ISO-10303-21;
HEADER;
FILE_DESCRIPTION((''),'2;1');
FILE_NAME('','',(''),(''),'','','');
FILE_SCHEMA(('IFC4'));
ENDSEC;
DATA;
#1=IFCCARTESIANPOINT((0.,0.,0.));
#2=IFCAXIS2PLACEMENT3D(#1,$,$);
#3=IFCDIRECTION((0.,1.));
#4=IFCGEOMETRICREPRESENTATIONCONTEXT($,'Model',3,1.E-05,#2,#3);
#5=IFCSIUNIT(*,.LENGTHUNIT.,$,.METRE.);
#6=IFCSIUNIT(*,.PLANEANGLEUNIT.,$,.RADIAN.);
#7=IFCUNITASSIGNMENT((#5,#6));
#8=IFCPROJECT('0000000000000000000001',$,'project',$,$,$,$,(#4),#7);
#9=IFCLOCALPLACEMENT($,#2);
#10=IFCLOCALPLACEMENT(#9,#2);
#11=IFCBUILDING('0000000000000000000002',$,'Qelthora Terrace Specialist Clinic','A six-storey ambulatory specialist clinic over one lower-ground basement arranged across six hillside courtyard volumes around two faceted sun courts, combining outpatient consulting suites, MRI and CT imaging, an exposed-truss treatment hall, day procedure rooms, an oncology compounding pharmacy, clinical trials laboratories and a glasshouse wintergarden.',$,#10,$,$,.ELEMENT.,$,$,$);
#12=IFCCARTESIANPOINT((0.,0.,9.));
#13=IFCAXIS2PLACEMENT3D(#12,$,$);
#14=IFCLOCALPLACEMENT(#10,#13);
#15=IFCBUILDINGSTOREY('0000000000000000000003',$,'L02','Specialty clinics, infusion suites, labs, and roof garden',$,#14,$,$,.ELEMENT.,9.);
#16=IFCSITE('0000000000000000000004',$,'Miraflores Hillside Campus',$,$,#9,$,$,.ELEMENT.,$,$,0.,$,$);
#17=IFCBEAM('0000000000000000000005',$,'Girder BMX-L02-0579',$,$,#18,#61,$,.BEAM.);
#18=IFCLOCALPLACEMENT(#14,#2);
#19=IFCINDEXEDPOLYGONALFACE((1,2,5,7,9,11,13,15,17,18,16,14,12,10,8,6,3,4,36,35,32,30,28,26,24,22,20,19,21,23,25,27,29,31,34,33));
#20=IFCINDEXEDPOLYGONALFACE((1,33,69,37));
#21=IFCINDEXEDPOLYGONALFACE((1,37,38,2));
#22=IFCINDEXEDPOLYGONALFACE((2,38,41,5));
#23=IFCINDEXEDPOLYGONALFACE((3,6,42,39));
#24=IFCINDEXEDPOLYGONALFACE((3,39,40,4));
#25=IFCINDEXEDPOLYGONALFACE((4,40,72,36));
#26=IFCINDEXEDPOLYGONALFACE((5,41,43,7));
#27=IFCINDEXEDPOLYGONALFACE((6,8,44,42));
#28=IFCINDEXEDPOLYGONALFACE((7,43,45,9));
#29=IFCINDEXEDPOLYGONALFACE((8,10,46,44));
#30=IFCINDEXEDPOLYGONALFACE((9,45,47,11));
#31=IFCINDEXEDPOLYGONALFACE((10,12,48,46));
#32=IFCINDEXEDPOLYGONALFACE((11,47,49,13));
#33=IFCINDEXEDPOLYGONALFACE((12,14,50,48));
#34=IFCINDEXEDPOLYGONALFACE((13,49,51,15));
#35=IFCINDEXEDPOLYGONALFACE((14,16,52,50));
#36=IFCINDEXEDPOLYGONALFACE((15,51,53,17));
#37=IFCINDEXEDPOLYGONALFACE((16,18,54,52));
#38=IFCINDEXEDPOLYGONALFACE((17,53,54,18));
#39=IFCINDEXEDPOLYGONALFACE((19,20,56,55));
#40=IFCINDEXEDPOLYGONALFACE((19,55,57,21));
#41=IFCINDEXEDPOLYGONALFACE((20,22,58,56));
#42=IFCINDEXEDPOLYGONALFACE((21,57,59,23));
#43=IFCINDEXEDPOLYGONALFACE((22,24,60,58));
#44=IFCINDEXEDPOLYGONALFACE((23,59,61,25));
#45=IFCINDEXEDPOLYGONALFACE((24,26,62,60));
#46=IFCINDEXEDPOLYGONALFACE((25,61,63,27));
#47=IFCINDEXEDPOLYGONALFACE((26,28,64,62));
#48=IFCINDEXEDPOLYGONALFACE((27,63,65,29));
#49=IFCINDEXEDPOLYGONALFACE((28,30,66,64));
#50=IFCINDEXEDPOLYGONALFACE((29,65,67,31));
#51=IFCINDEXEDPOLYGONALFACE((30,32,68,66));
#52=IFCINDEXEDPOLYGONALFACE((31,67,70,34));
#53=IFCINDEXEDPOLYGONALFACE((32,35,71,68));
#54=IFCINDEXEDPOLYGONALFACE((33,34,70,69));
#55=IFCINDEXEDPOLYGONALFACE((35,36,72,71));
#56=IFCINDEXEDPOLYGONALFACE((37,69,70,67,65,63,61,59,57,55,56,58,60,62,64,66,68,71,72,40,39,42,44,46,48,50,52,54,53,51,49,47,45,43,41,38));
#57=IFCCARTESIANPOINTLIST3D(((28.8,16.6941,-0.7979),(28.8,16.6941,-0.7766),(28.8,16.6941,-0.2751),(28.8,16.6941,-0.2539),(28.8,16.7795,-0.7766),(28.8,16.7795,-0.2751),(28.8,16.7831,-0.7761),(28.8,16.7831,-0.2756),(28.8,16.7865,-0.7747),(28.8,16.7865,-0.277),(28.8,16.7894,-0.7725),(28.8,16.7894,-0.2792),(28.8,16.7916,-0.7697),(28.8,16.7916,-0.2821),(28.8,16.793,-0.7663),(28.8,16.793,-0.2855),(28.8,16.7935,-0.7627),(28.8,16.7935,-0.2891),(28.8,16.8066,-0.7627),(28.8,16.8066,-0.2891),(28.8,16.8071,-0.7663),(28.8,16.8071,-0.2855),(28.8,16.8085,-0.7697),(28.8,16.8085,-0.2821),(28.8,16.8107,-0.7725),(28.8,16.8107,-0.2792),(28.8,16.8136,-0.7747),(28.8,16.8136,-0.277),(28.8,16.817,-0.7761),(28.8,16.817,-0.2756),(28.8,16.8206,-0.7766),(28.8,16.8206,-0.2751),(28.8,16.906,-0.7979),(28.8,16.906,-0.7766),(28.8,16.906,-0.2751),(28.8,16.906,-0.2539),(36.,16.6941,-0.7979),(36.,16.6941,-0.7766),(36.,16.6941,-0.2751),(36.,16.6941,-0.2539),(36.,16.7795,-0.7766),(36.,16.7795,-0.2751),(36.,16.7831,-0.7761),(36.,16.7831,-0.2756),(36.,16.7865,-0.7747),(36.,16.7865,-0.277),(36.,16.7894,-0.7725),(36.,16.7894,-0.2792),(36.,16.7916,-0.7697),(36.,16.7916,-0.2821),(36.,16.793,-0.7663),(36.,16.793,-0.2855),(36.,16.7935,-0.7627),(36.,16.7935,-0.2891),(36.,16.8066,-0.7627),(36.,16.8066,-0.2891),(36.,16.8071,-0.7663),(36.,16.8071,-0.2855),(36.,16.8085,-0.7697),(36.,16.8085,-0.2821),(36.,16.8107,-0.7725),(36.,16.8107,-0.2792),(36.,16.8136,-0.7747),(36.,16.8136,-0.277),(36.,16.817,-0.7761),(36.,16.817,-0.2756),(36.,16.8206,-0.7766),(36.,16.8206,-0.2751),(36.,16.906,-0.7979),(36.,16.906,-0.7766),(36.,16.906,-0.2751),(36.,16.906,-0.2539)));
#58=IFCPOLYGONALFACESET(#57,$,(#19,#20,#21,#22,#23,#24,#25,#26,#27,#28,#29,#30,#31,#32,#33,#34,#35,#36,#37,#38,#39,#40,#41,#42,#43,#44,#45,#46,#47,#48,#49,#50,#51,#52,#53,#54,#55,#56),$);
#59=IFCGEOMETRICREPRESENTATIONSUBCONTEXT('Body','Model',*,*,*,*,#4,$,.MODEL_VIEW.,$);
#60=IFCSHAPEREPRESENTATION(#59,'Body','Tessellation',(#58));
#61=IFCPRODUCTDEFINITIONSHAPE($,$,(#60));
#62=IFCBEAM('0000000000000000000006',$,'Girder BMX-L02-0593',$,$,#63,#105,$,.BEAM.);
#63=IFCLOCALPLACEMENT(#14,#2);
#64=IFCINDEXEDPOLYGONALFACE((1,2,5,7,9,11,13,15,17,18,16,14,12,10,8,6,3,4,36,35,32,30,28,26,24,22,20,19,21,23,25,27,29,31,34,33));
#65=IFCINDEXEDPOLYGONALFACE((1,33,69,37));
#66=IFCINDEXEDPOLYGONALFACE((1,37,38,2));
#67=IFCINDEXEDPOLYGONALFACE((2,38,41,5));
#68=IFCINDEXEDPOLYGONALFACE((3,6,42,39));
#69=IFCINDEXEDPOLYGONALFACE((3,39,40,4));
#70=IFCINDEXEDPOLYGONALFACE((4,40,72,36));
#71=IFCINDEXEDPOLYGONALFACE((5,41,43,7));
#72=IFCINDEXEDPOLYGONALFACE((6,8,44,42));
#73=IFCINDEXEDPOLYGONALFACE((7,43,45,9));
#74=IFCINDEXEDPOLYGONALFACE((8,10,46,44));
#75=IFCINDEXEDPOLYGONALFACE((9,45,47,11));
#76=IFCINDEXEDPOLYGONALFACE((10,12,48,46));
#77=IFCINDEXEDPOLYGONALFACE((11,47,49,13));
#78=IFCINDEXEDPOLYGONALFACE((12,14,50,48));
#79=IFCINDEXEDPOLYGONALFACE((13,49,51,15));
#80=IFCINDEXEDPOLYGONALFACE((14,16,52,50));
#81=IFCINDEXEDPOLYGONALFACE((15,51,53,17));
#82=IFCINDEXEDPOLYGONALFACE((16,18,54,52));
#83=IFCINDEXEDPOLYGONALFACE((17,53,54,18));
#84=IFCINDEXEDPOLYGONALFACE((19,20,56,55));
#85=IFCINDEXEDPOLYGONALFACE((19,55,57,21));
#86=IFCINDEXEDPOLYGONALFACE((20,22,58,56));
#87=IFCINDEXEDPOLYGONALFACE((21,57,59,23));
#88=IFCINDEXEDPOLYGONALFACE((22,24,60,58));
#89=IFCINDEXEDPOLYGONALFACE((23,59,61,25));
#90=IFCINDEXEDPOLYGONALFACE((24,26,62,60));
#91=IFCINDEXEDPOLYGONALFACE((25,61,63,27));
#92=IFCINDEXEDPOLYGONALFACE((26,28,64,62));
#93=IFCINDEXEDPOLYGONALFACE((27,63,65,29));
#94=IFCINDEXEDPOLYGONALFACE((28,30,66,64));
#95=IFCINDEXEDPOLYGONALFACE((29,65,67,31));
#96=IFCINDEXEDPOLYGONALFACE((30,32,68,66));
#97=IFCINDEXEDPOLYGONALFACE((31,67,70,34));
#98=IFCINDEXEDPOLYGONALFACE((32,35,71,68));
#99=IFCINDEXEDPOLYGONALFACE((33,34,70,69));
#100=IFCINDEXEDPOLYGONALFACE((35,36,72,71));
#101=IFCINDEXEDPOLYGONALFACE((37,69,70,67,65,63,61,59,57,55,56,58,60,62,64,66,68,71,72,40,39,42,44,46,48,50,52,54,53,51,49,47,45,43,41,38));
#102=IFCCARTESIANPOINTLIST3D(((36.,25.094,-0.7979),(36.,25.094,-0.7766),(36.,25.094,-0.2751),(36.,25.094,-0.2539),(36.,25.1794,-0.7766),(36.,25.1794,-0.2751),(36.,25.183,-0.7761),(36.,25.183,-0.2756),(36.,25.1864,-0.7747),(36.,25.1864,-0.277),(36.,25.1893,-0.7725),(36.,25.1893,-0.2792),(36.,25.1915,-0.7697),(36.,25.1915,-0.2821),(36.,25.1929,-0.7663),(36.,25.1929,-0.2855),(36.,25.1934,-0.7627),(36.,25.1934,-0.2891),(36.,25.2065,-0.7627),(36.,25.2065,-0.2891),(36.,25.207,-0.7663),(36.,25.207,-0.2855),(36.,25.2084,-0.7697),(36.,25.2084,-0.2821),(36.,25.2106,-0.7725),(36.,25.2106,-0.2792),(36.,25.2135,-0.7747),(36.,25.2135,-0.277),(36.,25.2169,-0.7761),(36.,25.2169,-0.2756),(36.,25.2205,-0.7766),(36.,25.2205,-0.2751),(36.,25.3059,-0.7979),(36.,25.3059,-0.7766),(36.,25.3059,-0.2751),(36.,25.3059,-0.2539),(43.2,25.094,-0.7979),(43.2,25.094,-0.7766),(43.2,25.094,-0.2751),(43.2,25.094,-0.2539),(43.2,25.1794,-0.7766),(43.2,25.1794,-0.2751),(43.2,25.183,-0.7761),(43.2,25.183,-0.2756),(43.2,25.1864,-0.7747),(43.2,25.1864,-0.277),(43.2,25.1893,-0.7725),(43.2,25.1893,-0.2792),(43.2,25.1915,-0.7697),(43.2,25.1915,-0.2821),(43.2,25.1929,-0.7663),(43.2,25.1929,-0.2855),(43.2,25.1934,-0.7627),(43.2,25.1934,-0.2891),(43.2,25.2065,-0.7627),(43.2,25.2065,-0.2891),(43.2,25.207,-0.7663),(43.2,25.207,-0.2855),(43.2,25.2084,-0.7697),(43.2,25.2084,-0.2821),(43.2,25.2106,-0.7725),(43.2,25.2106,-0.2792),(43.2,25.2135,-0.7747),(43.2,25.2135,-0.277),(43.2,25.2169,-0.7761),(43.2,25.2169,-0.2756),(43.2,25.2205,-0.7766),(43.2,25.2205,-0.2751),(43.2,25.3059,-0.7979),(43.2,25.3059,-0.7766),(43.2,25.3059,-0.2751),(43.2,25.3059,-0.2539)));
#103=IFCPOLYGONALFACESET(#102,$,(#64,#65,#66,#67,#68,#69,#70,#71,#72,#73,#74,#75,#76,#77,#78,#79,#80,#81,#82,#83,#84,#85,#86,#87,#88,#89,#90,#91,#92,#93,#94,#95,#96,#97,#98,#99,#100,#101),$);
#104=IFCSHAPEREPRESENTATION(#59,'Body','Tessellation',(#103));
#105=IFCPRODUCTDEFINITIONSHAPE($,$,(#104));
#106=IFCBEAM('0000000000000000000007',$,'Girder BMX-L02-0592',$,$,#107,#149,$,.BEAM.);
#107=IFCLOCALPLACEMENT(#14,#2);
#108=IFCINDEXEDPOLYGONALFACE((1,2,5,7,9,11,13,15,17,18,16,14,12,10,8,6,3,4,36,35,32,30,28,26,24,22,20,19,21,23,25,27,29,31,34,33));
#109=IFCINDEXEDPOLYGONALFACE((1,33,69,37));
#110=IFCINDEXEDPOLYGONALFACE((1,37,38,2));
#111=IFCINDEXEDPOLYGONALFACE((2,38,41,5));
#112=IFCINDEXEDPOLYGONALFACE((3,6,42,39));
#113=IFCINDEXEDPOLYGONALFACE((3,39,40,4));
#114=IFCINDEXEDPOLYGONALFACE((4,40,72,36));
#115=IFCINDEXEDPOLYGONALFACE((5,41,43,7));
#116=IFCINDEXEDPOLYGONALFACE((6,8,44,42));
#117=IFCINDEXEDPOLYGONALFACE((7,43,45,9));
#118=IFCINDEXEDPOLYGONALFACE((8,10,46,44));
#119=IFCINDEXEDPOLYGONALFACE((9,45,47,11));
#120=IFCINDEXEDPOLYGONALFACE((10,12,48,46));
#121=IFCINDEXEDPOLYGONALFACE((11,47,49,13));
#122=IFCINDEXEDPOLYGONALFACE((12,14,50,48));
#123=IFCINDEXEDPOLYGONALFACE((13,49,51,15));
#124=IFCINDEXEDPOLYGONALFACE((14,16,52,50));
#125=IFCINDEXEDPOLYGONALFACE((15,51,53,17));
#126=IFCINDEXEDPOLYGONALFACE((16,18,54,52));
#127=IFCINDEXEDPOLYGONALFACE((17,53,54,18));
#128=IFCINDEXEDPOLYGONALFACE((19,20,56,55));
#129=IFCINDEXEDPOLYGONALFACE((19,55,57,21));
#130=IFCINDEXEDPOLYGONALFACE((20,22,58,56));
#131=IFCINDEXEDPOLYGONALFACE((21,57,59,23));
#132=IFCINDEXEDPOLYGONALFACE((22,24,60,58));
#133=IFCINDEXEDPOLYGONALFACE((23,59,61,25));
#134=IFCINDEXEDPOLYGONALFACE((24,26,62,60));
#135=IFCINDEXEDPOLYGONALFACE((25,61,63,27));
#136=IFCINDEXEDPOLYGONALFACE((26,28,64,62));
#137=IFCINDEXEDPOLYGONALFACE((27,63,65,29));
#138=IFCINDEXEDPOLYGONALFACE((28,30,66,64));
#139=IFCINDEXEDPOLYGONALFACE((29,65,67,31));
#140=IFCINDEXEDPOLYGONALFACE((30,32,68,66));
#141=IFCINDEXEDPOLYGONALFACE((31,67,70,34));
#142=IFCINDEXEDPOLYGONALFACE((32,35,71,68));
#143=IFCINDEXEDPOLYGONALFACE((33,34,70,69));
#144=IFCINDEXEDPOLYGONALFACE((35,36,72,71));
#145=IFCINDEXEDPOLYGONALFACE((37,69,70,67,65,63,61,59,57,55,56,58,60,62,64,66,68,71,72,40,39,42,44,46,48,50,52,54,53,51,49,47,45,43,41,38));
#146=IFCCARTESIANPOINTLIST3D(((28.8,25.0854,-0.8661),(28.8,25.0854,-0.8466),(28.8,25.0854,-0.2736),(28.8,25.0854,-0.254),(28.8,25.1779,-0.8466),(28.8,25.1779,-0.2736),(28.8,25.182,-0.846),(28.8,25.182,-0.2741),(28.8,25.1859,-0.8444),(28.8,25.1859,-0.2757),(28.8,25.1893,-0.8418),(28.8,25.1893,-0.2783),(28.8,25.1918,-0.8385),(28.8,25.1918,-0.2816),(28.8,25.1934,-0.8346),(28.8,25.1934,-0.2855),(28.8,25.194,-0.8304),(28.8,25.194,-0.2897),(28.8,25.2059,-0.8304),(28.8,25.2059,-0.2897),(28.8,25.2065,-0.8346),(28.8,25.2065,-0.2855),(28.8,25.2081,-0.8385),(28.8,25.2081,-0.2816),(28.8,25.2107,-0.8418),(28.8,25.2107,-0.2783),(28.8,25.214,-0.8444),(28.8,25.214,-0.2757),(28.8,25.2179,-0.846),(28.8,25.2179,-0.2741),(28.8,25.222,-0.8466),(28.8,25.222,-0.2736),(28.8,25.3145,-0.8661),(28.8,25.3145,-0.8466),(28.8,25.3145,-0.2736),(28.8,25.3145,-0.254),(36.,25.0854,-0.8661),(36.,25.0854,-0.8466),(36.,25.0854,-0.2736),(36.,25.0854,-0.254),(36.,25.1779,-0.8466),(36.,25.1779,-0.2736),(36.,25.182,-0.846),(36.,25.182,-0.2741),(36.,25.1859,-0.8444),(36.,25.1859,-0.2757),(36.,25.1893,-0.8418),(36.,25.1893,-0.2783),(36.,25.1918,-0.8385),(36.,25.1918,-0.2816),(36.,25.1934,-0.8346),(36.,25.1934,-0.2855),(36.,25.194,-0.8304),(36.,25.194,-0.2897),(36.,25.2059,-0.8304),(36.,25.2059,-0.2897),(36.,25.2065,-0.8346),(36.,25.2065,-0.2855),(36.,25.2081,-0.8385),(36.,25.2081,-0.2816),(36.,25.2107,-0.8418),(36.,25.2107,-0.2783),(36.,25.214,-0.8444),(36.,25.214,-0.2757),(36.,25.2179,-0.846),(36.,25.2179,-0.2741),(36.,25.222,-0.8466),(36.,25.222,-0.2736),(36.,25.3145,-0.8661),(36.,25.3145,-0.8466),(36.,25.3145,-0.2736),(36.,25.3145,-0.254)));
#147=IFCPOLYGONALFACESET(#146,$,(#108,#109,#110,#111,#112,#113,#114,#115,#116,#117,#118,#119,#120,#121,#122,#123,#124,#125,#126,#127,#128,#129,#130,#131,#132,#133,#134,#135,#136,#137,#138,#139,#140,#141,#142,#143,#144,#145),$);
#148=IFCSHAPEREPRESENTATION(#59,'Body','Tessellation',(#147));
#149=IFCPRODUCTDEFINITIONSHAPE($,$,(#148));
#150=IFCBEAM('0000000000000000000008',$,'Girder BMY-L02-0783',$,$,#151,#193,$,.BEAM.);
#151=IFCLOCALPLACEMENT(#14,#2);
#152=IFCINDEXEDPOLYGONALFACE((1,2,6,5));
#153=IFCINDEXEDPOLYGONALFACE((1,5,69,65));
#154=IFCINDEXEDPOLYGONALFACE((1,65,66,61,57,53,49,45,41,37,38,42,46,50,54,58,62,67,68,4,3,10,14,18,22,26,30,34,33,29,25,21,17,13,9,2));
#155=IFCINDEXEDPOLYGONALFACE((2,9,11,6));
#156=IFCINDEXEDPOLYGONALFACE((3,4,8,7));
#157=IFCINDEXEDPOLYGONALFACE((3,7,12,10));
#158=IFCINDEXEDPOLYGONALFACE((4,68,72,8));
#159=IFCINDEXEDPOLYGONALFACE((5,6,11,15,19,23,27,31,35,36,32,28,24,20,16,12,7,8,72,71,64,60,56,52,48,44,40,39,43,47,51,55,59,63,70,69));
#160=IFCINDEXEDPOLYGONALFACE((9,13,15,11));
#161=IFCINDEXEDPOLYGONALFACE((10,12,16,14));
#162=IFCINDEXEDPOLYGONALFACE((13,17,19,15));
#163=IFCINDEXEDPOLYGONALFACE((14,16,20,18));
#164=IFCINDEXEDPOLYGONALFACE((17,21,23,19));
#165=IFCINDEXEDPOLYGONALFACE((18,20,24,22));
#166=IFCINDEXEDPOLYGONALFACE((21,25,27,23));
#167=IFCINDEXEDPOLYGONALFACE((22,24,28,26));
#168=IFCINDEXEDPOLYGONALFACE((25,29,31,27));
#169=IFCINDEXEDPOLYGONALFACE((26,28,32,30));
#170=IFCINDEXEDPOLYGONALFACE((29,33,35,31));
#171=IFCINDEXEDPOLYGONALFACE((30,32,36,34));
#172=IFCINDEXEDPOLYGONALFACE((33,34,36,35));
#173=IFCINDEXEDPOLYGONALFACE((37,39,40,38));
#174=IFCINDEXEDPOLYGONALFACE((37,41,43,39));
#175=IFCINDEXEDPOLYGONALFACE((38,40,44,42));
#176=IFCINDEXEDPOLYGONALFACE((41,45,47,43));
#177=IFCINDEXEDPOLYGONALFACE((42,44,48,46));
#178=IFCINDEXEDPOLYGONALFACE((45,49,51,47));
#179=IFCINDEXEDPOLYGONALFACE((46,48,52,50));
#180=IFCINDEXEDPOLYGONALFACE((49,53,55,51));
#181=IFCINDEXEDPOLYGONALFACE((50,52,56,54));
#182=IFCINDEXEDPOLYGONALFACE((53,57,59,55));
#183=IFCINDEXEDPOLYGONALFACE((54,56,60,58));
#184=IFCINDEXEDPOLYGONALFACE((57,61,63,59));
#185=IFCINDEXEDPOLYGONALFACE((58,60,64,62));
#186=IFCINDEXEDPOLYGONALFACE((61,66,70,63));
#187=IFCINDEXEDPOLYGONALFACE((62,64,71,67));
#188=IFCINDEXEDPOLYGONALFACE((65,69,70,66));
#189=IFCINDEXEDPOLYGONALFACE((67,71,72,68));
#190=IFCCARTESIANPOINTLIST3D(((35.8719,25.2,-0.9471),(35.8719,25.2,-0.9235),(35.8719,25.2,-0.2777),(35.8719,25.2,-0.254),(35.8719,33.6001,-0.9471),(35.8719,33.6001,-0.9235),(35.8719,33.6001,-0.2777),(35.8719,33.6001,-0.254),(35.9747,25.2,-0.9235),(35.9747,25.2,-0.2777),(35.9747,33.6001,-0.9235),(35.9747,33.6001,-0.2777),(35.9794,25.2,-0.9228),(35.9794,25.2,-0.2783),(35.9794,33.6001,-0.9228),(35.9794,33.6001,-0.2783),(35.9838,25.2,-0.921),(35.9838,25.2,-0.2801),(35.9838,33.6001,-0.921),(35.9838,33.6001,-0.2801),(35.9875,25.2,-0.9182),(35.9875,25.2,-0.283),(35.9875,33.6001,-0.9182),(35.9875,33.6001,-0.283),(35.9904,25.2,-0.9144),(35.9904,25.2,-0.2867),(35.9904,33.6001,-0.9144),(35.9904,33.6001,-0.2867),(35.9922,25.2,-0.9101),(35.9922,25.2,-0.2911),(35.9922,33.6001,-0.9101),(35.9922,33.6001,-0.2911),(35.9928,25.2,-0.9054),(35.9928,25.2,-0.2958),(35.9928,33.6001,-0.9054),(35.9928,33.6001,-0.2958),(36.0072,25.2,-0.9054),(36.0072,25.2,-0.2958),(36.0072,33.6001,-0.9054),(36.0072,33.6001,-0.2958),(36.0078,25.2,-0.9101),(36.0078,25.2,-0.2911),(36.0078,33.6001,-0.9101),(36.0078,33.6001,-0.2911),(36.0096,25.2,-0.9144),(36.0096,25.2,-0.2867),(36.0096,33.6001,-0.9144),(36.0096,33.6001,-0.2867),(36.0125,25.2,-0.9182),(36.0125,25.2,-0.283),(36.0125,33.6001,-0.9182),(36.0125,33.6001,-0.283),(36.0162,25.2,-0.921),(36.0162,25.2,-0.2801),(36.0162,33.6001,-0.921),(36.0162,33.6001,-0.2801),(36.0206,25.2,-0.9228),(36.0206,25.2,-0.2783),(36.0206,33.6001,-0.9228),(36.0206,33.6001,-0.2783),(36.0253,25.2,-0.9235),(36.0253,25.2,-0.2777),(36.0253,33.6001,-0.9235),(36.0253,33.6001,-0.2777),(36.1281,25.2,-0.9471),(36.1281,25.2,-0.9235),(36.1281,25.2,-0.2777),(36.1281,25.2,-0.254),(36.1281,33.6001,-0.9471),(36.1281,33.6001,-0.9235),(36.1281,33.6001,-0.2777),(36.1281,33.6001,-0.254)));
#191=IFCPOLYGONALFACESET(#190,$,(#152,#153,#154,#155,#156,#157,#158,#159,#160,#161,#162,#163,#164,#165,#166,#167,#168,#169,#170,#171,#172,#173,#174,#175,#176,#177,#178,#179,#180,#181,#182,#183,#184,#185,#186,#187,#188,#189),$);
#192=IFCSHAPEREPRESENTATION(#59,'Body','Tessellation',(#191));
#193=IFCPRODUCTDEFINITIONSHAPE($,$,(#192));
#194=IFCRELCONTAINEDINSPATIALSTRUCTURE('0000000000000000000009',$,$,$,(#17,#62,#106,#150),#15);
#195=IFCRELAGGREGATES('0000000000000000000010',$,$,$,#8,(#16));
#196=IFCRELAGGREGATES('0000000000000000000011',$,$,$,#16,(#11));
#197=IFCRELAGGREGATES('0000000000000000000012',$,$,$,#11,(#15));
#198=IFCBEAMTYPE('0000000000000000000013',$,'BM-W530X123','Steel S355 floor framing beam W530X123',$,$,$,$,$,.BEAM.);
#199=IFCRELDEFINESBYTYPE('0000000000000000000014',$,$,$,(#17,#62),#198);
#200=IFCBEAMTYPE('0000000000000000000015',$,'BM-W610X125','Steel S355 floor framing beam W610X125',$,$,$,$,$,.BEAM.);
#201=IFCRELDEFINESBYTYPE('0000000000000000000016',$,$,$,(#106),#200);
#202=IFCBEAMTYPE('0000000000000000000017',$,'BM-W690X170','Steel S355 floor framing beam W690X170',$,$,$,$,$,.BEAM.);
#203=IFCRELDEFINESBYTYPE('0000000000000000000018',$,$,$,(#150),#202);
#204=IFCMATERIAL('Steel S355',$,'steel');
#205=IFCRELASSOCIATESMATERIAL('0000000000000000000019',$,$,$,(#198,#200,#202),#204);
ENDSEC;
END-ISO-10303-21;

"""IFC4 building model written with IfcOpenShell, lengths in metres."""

from ifc_helpers import new_model, si_unit, direction, frame, origin, origin_2d, place, context, subcontext, project, spatial, i_section, extrude, material, material_profile, profile_set, type_object, element, save


model = new_model("IFC4")

# Units and contexts
model_context = context("Model", 3, precision=1e-05, world=origin(), true_north=direction((0.0, 1.0)))
body_context = subcontext(model_context, "Body", "Model", "MODEL_VIEW")
ifc_project = project(units=[si_unit("LENGTHUNIT", "METRE"), si_unit("PLANEANGLEUNIT", "RADIAN")], contexts=[model_context])

# Site, building, storey
site_placement = place(None, origin())
site = spatial("IfcSite", under=ifc_project, at=site_placement, Name="Miraflores Hillside Campus", CompositionType="ELEMENT", RefElevation=0.0)
building_placement = place(site_placement, origin())
building = spatial("IfcBuilding", under=site, at=building_placement, Name="Qelthora Terrace Specialist Clinic", Description="A six-storey ambulatory specialist clinic over one lower-ground basement arranged across six hillside courtyard volumes around two faceted sun courts, combining outpatient consulting suites, MRI and CT imaging, an exposed-truss treatment hall, day procedure rooms, an oncology compounding pharmacy, clinical trials laboratories and a glasshouse wintergarden.", CompositionType="ELEMENT")
storey_placement = place(building_placement, frame((0.0, 0.0, 9.0)))
storey = spatial("IfcBuildingStorey", under=building, at=storey_placement, Name="L02", Description="Specialty clinics, infusion suites, labs, and roof garden", CompositionType="ELEMENT", Elevation=9.0)

# Beams
ifc_material_1 = material(Name="Steel S355", Category="steel")
ifc_material_profile_1 = material_profile(ifc_material_1, i_section(OverallWidth=0.2119, OverallDepth=0.5439, WebThickness=0.0132, FlangeThickness=0.0212, FilletRadius=0.0139, at=origin_2d()), Name="W530X123")
ifc_profile_set_1 = profile_set([ifc_material_profile_1], Name="Steel S355")
beam_type_1 = type_object("IfcBeamType", Name="BM-W530X123", Description="Steel S355 floor framing beam W530X123", PredefinedType="BEAM", material=ifc_profile_set_1)
for number, where, z_axis, x_axis, name in (
    (1, (28.8, 16.8, -0.5259), (1.0, 0.0, 0.0), (0.0, 1.0, 0.0), "Girder BMX-L02-0579"),
    (2, (36.0, 25.2, -0.5259), (1.0, 0.0, 0.0), (0.0, 1.0, 0.0), "Girder BMX-L02-0593"),
):
    element("IfcBeam", number, at=place(storey_placement, frame(where, z_axis=z_axis, x_axis=x_axis)), inside=storey, type_object=beam_type_1, Name=name, PredefinedType="BEAM", context=body_context, shape_type="SweptSolid", body=[
        extrude(i_section(OverallWidth=0.2119, OverallDepth=0.5439, WebThickness=0.0132, FlangeThickness=0.0212, FilletRadius=0.0139, at=origin_2d()), origin(), (0.0, 0.0, 1.0), 7.2),
    ])
ifc_material_profile_2 = material_profile(ifc_material_1, i_section(OverallWidth=0.229, OverallDepth=0.6121, WebThickness=0.012, FlangeThickness=0.0195, FilletRadius=0.0161, at=origin_2d()), Name="W610X125")
ifc_profile_set_2 = profile_set([ifc_material_profile_2], Name="Steel S355")
beam_type_2 = type_object("IfcBeamType", Name="BM-W610X125", Description="Steel S355 floor framing beam W610X125", PredefinedType="BEAM", material=ifc_profile_set_2)
beam_1_placement = place(storey_placement, frame((28.8, 25.2, -0.5601), z_axis=(1.0, 0.0, 0.0), x_axis=(0.0, 1.0, 0.0)))
element("IfcBeam", 3, at=beam_1_placement, inside=storey, type_object=beam_type_2, Name="Girder BMX-L02-0592", PredefinedType="BEAM", context=body_context, shape_type="SweptSolid", body=[
    extrude(i_section(OverallWidth=0.229, OverallDepth=0.6121, WebThickness=0.012, FlangeThickness=0.0195, FilletRadius=0.0161, at=origin_2d()), origin(), (0.0, 0.0, 1.0), 7.2),
])
ifc_material_profile_3 = material_profile(ifc_material_1, i_section(OverallWidth=0.2561, OverallDepth=0.6931, WebThickness=0.0144, FlangeThickness=0.0237, FilletRadius=0.0181, at=origin_2d()), Name="W690X170")
ifc_profile_set_3 = profile_set([ifc_material_profile_3], Name="Steel S355")
beam_type_3 = type_object("IfcBeamType", Name="BM-W690X170", Description="Steel S355 floor framing beam W690X170", PredefinedType="BEAM", material=ifc_profile_set_3)
for number, where, z_axis, x_axis, name in (
    (4, (36.0, 25.2, -0.6006), (0.0, 1.0, 0.0), (-1.0, 0.0, 0.0), "Girder BMY-L02-0783"),
):
    element("IfcBeam", number, at=place(storey_placement, frame(where, z_axis=z_axis, x_axis=x_axis)), inside=storey, type_object=beam_type_3, Name=name, PredefinedType="BEAM", context=body_context, shape_type="SweptSolid", body=[
        extrude(i_section(OverallWidth=0.2561, OverallDepth=0.6931, WebThickness=0.0144, FlangeThickness=0.0237, FilletRadius=0.0181, at=origin_2d()), origin(), (0.0, 0.0, 1.0), 8.4001),
    ])

save(model, "model.ifc")
